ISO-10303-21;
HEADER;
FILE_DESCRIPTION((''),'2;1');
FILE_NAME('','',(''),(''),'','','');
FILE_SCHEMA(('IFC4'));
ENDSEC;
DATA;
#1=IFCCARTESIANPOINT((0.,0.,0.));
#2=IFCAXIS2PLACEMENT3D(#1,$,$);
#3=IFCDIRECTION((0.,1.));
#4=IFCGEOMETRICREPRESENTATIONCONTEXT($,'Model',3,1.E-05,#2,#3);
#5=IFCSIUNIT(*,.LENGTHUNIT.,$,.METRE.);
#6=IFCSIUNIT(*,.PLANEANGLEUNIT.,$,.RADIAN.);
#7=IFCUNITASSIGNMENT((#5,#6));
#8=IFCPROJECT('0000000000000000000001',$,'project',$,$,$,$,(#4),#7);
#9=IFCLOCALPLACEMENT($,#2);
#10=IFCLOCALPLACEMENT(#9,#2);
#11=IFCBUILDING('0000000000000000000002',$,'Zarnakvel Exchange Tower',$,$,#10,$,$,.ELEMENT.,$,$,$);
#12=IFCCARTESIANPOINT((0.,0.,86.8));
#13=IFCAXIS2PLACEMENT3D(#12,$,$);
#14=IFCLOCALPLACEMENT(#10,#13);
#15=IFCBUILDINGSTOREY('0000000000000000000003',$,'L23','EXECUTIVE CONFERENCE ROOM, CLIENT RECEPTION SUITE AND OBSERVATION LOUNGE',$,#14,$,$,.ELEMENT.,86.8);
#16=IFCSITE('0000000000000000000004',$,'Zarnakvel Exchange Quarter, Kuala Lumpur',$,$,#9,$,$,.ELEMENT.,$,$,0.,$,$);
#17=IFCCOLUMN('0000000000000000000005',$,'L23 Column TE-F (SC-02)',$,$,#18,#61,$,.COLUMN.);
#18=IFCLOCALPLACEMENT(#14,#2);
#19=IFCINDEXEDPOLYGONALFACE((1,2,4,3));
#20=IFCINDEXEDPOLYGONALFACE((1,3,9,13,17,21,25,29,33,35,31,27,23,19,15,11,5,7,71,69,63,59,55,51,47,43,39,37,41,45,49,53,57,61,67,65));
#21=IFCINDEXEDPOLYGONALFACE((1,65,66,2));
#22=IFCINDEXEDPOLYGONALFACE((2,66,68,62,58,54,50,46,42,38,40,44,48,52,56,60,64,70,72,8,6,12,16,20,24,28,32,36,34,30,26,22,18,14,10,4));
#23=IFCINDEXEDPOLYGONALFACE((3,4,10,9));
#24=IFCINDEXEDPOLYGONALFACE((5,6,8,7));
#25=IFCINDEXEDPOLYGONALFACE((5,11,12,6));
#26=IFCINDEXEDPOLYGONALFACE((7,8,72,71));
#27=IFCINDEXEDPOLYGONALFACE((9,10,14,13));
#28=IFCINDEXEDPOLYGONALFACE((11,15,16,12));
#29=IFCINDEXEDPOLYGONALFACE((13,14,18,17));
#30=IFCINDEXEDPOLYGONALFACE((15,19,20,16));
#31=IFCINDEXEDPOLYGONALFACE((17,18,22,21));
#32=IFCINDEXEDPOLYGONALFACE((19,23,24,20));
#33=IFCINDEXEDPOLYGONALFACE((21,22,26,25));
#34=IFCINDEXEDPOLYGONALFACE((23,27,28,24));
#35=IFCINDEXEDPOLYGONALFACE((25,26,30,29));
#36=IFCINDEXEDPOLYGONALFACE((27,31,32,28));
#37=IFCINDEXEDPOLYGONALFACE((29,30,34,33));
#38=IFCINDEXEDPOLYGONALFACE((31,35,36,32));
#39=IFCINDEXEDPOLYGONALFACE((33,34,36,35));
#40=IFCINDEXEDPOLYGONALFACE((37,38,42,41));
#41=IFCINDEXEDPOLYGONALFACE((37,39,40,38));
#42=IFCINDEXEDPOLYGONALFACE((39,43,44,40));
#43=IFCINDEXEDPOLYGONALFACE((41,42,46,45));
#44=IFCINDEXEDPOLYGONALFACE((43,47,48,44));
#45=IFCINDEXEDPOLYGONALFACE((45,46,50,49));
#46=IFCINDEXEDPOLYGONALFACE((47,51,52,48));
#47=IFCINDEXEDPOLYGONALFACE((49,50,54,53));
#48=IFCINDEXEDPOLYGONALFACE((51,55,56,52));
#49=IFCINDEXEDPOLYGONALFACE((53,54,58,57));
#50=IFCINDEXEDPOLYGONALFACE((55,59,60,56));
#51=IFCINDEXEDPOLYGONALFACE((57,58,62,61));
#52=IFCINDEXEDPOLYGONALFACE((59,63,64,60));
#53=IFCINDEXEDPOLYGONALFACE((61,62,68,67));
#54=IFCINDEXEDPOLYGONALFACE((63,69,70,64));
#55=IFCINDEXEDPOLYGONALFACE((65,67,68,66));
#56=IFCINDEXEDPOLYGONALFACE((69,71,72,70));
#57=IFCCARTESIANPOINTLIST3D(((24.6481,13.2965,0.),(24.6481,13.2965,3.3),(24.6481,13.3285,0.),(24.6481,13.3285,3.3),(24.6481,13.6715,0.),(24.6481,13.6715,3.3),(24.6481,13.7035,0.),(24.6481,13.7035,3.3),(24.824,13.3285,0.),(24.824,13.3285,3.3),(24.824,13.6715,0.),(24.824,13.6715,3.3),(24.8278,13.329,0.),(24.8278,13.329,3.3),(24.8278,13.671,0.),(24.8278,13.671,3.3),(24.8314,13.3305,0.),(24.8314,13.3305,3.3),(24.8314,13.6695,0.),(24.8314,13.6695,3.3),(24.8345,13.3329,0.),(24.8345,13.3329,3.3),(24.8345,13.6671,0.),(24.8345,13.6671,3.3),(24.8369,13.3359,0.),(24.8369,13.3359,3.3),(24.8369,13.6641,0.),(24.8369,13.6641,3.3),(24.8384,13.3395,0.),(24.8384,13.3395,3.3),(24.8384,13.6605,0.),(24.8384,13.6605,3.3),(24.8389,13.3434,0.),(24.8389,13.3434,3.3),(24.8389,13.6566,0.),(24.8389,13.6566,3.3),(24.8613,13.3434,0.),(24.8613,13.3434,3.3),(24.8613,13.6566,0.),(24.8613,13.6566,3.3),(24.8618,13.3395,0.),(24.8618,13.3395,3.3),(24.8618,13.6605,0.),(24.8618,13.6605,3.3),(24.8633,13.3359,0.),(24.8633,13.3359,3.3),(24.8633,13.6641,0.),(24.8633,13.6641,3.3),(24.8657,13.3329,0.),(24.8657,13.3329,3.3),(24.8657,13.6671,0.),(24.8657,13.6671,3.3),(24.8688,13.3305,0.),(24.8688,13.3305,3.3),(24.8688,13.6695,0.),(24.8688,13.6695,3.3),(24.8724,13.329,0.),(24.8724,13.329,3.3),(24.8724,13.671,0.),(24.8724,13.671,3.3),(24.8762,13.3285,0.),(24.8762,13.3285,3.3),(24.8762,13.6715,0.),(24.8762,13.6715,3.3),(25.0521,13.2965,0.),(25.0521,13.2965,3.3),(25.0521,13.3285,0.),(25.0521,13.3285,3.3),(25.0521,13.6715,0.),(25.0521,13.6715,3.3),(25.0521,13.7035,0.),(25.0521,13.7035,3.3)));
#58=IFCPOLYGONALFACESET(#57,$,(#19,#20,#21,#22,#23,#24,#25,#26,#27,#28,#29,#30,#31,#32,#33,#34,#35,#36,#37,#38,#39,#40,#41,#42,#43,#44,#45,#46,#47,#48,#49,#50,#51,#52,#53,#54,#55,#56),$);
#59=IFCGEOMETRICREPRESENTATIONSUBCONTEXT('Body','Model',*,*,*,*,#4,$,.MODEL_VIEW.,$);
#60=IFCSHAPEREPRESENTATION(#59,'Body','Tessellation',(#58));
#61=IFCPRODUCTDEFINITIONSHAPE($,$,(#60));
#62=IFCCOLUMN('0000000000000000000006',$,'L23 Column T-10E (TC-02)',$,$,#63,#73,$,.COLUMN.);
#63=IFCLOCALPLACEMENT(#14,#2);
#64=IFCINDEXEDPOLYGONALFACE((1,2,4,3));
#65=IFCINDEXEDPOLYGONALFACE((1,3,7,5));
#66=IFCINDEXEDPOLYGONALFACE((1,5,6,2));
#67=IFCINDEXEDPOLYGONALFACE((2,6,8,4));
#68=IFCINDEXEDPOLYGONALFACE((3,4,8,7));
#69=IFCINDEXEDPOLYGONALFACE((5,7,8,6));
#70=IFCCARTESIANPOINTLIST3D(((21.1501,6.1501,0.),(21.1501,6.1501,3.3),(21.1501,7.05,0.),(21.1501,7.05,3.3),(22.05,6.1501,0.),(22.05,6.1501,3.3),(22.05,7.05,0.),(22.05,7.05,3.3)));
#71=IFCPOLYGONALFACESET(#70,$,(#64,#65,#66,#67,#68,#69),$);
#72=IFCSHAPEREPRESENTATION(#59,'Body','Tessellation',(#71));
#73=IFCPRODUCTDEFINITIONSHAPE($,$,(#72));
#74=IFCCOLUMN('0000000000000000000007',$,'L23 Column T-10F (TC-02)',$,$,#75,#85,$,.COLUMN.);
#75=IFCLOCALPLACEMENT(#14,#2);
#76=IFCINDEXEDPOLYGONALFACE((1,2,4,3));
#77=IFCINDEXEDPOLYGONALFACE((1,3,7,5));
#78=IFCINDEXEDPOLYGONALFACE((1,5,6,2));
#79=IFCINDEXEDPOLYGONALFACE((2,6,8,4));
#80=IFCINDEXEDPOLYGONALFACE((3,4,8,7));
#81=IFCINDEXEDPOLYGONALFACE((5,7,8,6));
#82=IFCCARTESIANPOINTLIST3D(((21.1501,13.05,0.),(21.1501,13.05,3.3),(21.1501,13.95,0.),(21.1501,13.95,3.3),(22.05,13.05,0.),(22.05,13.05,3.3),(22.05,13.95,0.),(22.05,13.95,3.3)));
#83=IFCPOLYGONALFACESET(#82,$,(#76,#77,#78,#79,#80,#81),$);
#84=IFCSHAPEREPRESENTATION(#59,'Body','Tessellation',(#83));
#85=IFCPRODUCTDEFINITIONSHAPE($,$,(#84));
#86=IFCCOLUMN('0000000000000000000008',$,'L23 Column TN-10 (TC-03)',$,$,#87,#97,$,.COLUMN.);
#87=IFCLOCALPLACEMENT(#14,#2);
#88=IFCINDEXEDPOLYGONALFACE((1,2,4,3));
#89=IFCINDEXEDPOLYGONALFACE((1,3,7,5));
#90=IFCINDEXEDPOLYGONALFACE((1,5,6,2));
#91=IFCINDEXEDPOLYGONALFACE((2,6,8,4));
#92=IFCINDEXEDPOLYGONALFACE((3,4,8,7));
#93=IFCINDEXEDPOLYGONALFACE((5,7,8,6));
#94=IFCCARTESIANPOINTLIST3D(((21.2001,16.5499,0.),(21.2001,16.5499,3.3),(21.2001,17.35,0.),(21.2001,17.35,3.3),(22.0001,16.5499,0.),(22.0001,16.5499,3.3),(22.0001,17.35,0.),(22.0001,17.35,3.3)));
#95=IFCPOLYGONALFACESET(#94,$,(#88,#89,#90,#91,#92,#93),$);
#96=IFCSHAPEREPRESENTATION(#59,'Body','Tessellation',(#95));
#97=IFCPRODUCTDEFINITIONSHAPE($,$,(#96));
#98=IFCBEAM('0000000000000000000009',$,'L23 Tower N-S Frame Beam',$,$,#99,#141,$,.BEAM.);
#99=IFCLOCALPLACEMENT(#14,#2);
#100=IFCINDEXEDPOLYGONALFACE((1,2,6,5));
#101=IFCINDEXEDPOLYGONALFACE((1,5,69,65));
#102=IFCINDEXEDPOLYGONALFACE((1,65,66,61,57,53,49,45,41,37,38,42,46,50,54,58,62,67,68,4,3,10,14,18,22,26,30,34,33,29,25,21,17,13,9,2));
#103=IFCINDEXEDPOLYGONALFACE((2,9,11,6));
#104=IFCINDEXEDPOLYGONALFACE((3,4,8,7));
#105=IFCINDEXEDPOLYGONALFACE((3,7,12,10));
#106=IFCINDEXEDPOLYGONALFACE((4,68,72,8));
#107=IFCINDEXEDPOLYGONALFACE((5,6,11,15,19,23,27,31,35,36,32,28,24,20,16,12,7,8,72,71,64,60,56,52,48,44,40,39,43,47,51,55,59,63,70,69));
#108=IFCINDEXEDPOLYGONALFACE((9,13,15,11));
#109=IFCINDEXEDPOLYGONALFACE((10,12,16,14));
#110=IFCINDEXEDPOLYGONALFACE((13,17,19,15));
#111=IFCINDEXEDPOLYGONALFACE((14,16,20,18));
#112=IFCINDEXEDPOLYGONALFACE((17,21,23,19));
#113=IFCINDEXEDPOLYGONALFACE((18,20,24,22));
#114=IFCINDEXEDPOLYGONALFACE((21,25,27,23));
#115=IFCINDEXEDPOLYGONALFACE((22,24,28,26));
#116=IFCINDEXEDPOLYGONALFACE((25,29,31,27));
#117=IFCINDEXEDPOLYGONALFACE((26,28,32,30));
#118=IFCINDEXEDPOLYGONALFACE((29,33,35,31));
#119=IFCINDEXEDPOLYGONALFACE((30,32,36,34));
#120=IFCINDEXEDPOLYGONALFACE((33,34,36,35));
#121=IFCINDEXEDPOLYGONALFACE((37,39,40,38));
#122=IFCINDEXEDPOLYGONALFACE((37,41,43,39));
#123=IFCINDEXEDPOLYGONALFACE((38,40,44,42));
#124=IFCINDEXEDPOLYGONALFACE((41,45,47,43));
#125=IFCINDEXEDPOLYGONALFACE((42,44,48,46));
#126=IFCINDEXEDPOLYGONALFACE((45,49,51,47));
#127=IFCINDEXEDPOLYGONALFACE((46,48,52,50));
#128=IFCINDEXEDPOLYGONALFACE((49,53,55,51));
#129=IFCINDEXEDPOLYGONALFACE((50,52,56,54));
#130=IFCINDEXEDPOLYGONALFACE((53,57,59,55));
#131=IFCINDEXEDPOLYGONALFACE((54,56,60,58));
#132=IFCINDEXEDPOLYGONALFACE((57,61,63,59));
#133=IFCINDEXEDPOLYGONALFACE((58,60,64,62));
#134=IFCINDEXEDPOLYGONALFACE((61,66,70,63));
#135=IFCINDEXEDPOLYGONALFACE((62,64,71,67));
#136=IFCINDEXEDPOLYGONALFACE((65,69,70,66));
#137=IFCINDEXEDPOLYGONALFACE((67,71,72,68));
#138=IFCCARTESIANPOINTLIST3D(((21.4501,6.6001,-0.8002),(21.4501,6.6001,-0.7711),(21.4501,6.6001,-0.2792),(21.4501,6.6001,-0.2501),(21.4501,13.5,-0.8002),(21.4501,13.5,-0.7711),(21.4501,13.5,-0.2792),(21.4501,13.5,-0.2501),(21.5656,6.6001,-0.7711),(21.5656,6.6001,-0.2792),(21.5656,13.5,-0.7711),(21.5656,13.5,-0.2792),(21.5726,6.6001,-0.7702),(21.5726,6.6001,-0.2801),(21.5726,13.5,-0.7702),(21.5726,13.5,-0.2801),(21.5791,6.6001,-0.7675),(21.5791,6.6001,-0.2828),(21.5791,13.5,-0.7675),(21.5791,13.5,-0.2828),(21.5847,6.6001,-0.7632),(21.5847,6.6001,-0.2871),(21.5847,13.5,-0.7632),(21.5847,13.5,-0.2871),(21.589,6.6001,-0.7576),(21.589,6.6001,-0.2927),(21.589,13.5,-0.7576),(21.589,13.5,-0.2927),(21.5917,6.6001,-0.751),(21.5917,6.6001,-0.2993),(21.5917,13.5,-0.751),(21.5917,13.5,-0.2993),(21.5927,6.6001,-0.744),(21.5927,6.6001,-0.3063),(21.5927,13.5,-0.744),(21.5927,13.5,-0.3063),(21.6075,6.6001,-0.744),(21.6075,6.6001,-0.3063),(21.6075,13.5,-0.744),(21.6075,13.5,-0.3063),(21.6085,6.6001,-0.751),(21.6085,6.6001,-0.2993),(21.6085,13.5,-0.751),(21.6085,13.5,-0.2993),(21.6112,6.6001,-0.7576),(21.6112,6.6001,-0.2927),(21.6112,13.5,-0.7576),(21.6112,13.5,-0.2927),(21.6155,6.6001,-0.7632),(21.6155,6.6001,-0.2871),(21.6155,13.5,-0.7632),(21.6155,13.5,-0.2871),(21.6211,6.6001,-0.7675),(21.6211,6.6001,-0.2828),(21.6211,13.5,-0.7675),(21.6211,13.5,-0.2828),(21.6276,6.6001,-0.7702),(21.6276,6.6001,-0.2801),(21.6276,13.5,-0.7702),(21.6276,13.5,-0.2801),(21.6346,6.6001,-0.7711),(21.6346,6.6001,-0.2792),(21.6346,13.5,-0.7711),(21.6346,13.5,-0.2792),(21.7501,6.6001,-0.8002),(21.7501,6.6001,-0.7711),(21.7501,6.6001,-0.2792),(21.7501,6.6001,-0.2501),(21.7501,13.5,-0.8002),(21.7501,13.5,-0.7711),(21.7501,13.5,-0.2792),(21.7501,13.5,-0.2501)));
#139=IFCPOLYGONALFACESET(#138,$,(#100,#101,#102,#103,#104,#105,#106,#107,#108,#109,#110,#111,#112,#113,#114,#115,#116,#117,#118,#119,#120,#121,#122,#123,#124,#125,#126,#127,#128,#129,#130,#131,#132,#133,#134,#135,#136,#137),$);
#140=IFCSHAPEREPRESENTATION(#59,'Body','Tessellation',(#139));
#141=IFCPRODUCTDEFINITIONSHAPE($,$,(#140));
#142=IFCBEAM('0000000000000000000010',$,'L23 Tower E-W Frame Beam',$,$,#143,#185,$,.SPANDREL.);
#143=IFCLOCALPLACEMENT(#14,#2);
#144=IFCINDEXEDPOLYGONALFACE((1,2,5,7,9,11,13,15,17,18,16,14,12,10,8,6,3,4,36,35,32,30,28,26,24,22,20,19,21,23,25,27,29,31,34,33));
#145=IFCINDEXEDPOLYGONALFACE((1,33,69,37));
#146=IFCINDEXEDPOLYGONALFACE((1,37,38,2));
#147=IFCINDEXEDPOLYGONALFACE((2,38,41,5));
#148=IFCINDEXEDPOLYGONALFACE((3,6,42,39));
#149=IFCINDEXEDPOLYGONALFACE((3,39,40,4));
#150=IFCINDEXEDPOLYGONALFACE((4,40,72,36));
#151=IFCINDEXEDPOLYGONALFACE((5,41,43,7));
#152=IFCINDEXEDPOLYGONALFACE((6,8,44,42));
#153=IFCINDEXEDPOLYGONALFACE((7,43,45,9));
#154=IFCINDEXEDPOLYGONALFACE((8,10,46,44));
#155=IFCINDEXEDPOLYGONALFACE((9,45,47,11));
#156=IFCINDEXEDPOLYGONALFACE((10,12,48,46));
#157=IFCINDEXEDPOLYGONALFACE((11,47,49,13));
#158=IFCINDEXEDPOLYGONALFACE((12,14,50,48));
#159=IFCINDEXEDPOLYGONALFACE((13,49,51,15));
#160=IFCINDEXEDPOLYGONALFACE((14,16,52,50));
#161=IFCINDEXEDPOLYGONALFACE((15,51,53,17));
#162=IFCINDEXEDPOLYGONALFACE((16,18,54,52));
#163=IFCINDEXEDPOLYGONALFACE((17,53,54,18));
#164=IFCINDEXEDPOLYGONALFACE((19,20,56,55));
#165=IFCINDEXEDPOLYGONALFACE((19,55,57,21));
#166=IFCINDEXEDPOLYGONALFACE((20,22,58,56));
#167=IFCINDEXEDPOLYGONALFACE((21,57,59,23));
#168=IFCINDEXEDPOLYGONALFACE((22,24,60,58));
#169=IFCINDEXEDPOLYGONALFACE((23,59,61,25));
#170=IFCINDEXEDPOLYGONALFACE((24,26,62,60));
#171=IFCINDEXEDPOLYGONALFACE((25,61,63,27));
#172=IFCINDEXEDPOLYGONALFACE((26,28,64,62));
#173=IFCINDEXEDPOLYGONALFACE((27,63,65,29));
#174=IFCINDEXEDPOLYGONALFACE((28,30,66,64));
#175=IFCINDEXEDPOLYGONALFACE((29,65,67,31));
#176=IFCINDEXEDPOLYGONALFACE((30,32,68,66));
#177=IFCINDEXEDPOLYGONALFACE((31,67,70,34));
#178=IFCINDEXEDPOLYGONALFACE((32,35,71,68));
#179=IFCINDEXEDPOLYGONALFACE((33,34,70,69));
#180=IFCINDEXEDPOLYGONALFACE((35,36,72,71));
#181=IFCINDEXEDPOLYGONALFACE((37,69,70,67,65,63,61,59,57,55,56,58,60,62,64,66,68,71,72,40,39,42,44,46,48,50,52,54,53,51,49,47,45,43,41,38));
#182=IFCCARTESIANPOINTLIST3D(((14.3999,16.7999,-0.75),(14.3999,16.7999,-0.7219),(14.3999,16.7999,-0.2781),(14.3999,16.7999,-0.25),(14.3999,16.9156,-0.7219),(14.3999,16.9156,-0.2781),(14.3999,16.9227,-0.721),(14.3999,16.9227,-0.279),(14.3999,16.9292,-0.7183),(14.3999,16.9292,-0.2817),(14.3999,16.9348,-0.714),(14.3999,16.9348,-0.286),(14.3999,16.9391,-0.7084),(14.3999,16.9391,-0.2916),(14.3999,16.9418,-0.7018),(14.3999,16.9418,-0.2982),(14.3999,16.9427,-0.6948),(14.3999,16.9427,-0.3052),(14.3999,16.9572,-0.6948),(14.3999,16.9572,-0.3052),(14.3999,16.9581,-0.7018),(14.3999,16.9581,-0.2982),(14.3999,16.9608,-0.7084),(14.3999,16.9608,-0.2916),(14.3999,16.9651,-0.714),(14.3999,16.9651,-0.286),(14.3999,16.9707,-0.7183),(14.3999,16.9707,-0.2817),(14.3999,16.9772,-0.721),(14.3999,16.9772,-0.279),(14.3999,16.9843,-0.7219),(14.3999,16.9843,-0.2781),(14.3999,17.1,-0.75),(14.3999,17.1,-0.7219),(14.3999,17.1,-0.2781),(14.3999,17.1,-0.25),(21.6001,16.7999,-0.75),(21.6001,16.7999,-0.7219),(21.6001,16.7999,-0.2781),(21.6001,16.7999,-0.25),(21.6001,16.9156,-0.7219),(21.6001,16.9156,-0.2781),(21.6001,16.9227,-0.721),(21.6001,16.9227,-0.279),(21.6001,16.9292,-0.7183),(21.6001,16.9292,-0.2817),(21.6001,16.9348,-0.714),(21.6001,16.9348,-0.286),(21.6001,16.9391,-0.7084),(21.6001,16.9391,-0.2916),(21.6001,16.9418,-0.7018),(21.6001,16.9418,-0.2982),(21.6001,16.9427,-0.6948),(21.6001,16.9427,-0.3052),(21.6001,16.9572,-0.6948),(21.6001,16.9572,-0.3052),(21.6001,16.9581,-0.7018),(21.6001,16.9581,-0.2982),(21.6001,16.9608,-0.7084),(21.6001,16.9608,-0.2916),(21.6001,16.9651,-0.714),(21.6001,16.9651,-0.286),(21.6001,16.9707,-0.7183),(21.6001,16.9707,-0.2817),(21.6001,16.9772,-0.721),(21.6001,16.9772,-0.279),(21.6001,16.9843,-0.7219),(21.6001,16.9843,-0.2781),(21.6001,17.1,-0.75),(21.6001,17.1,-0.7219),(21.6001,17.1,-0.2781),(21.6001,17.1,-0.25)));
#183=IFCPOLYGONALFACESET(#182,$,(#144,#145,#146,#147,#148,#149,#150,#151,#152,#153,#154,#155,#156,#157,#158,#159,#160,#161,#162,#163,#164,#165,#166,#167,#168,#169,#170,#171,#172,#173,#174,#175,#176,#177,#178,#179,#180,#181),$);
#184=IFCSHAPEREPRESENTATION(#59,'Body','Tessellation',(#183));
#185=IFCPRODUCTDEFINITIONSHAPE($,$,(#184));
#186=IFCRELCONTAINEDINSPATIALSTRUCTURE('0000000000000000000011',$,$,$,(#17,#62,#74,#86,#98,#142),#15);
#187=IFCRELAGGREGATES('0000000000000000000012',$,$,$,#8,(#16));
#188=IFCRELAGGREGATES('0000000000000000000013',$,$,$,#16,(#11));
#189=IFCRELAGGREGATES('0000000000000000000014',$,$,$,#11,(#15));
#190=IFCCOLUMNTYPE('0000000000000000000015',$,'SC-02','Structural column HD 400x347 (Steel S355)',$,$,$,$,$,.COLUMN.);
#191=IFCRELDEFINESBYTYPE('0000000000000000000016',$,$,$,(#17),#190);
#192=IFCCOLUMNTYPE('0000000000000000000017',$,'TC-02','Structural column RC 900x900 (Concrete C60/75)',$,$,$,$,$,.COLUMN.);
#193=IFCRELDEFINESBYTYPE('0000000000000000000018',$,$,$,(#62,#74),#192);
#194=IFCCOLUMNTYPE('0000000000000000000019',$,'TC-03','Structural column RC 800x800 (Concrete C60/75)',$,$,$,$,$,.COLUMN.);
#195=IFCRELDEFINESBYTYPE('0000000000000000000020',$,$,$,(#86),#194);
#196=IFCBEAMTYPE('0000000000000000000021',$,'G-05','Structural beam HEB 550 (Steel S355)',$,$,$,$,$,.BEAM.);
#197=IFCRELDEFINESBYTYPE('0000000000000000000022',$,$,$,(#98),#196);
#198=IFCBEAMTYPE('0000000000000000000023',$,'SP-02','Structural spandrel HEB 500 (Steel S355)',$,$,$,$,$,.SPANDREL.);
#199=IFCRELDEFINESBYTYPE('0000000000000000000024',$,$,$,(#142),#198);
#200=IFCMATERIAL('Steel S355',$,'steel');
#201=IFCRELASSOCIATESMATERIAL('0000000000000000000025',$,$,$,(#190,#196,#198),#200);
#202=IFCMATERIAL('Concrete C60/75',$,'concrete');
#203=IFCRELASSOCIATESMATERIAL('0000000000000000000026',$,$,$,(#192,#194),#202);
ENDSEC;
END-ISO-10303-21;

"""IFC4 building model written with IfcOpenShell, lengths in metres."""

from ifc_helpers import new_model, si_unit, direction, frame, origin, origin_2d, place, context, subcontext, project, spatial, rectangle, i_section, extrude, material, material_profile, profile_set, type_object, element, save


model = new_model("IFC4")

# Units and contexts
model_context = context("Model", 3, precision=1e-05, world=origin(), true_north=direction((0.0, 1.0)))
body_context = subcontext(model_context, "Body", "Model", "MODEL_VIEW")
ifc_project = project(units=[si_unit("LENGTHUNIT", "METRE"), si_unit("PLANEANGLEUNIT", "RADIAN")], contexts=[model_context])

# Site, building, storey
site_placement = place(None, origin())
site = spatial("IfcSite", under=ifc_project, at=site_placement, Name="Zarnakvel Exchange Quarter, Kuala Lumpur", CompositionType="ELEMENT", RefElevation=0.0)
building_placement = place(site_placement, origin())
building = spatial("IfcBuilding", under=site, at=building_placement, Name="Zarnakvel Exchange Tower", CompositionType="ELEMENT")
storey_placement = place(building_placement, frame((0.0, 0.0, 86.8)))
storey = spatial("IfcBuildingStorey", under=building, at=storey_placement, Name="L23", Description="EXECUTIVE CONFERENCE ROOM, CLIENT RECEPTION SUITE AND OBSERVATION LOUNGE", CompositionType="ELEMENT", Elevation=86.8)

# Columns
ifc_material_1 = material(Name="Steel S355", Category="steel")
ifc_material_profile_1 = material_profile(ifc_material_1, i_section(OverallWidth=0.4041, OverallDepth=0.407, WebThickness=0.0225, FlangeThickness=0.032, FilletRadius=0.0149, at=origin_2d()))
ifc_profile_set_1 = profile_set([ifc_material_profile_1], Name="Steel S355")
column_type_1 = type_object("IfcColumnType", Name="SC-02", Description="Structural column HD 400x347 (Steel S355)", PredefinedType="COLUMN", material=ifc_profile_set_1)
column_1_placement = place(storey_placement, frame((24.8501, 13.5, 0.0), z_axis=(0.0, 0.0, 1.0), x_axis=(1.0, 0.0, 0.0)))
element("IfcColumn", 1, at=column_1_placement, inside=storey, type_object=column_type_1, Name="L23 Column TE-F (SC-02)", PredefinedType="COLUMN", context=body_context, shape_type="SweptSolid", body=[
    extrude(i_section(OverallWidth=0.4041, OverallDepth=0.407, WebThickness=0.0225, FlangeThickness=0.032, FilletRadius=0.0149, at=origin_2d()), origin(), (0.0, 0.0, 1.0), 3.3),
])
ifc_material_2 = material(Name="Concrete C60/75", Category="concrete")
ifc_material_profile_2 = material_profile(ifc_material_2, rectangle(XDim=0.8999, YDim=0.8999, at=origin_2d()))
ifc_profile_set_2 = profile_set([ifc_material_profile_2], Name="Concrete C60/75")
column_type_2 = type_object("IfcColumnType", Name="TC-02", Description="Structural column RC 900x900 (Concrete C60/75)", PredefinedType="COLUMN", material=ifc_profile_set_2)
for number, where, z_axis, x_axis, name in (
    (2, (21.6001, 6.6001, 0.0), (0.0, 0.0, 1.0), (1.0, 0.0, 0.0), "L23 Column T-10E (TC-02)"),
    (3, (21.6001, 13.5, 0.0), (0.0, 0.0, 1.0), (1.0, 0.0, 0.0), "L23 Column T-10F (TC-02)"),
):
    element("IfcColumn", number, at=place(storey_placement, frame(where, z_axis=z_axis, x_axis=x_axis)), inside=storey, type_object=column_type_2, Name=name, PredefinedType="COLUMN", context=body_context, shape_type="SweptSolid", body=[
        extrude(rectangle(XDim=0.8999, YDim=0.8999, at=origin_2d()), origin(), (0.0, 0.0, 1.0), 3.3),
    ])
ifc_material_profile_3 = material_profile(ifc_material_2, rectangle(XDim=0.8, YDim=0.8, at=origin_2d()))
ifc_profile_set_3 = profile_set([ifc_material_profile_3], Name="Concrete C60/75")
column_type_3 = type_object("IfcColumnType", Name="TC-03", Description="Structural column RC 800x800 (Concrete C60/75)", PredefinedType="COLUMN", material=ifc_profile_set_3)
column_2_placement = place(storey_placement, frame((21.6001, 16.95, 0.0), z_axis=(0.0, 0.0, 1.0), x_axis=(1.0, 0.0, 0.0)))
element("IfcColumn", 4, at=column_2_placement, inside=storey, type_object=column_type_3, Name="L23 Column TN-10 (TC-03)", PredefinedType="COLUMN", context=body_context, shape_type="SweptSolid", body=[
    extrude(rectangle(XDim=0.8, YDim=0.8, at=origin_2d()), origin(), (0.0, 0.0, 1.0), 3.3),
])

# Beams
ifc_material_profile_4 = material_profile(ifc_material_1, i_section(OverallWidth=0.3, OverallDepth=0.55, WebThickness=0.0149, FlangeThickness=0.0291, FilletRadius=0.0271, at=origin_2d()))
ifc_profile_set_4 = profile_set([ifc_material_profile_4], Name="Steel S355")
beam_type_1 = type_object("IfcBeamType", Name="G-05", Description="Structural beam HEB 550 (Steel S355)", PredefinedType="BEAM", material=ifc_profile_set_4)
beam_1_placement = place(storey_placement, frame((21.6001, 6.6001, -0.5251), z_axis=(0.0, 1.0, 0.0), x_axis=(-1.0, 0.0, 0.0)))
element("IfcBeam", 5, at=beam_1_placement, inside=storey, type_object=beam_type_1, Name="L23 Tower N-S Frame Beam", PredefinedType="BEAM", context=body_context, shape_type="SweptSolid", body=[
    extrude(i_section(OverallWidth=0.3, OverallDepth=0.55, WebThickness=0.0149, FlangeThickness=0.0291, FilletRadius=0.0271, at=origin_2d()), origin(), (0.0, 0.0, 1.0), 6.8999),
])
ifc_material_profile_5 = material_profile(ifc_material_1, i_section(OverallWidth=0.3, OverallDepth=0.5, WebThickness=0.0144, FlangeThickness=0.0281, FilletRadius=0.0271, at=origin_2d()))
ifc_profile_set_5 = profile_set([ifc_material_profile_5], Name="Steel S355")
beam_type_2 = type_object("IfcBeamType", Name="SP-02", Description="Structural spandrel HEB 500 (Steel S355)", PredefinedType="SPANDREL", material=ifc_profile_set_5)
beam_2_placement = place(storey_placement, frame((14.3999, 16.95, -0.5), z_axis=(1.0, 0.0, 0.0), x_axis=(0.0, 1.0, 0.0)))
element("IfcBeam", 6, at=beam_2_placement, inside=storey, type_object=beam_type_2, Name="L23 Tower E-W Frame Beam", PredefinedType="SPANDREL", context=body_context, shape_type="SweptSolid", body=[
    extrude(i_section(OverallWidth=0.3, OverallDepth=0.5, WebThickness=0.0144, FlangeThickness=0.0281, FilletRadius=0.0271, at=origin_2d()), origin(), (0.0, 0.0, 1.0), 7.2002),
])

save(model, "model.ifc")
